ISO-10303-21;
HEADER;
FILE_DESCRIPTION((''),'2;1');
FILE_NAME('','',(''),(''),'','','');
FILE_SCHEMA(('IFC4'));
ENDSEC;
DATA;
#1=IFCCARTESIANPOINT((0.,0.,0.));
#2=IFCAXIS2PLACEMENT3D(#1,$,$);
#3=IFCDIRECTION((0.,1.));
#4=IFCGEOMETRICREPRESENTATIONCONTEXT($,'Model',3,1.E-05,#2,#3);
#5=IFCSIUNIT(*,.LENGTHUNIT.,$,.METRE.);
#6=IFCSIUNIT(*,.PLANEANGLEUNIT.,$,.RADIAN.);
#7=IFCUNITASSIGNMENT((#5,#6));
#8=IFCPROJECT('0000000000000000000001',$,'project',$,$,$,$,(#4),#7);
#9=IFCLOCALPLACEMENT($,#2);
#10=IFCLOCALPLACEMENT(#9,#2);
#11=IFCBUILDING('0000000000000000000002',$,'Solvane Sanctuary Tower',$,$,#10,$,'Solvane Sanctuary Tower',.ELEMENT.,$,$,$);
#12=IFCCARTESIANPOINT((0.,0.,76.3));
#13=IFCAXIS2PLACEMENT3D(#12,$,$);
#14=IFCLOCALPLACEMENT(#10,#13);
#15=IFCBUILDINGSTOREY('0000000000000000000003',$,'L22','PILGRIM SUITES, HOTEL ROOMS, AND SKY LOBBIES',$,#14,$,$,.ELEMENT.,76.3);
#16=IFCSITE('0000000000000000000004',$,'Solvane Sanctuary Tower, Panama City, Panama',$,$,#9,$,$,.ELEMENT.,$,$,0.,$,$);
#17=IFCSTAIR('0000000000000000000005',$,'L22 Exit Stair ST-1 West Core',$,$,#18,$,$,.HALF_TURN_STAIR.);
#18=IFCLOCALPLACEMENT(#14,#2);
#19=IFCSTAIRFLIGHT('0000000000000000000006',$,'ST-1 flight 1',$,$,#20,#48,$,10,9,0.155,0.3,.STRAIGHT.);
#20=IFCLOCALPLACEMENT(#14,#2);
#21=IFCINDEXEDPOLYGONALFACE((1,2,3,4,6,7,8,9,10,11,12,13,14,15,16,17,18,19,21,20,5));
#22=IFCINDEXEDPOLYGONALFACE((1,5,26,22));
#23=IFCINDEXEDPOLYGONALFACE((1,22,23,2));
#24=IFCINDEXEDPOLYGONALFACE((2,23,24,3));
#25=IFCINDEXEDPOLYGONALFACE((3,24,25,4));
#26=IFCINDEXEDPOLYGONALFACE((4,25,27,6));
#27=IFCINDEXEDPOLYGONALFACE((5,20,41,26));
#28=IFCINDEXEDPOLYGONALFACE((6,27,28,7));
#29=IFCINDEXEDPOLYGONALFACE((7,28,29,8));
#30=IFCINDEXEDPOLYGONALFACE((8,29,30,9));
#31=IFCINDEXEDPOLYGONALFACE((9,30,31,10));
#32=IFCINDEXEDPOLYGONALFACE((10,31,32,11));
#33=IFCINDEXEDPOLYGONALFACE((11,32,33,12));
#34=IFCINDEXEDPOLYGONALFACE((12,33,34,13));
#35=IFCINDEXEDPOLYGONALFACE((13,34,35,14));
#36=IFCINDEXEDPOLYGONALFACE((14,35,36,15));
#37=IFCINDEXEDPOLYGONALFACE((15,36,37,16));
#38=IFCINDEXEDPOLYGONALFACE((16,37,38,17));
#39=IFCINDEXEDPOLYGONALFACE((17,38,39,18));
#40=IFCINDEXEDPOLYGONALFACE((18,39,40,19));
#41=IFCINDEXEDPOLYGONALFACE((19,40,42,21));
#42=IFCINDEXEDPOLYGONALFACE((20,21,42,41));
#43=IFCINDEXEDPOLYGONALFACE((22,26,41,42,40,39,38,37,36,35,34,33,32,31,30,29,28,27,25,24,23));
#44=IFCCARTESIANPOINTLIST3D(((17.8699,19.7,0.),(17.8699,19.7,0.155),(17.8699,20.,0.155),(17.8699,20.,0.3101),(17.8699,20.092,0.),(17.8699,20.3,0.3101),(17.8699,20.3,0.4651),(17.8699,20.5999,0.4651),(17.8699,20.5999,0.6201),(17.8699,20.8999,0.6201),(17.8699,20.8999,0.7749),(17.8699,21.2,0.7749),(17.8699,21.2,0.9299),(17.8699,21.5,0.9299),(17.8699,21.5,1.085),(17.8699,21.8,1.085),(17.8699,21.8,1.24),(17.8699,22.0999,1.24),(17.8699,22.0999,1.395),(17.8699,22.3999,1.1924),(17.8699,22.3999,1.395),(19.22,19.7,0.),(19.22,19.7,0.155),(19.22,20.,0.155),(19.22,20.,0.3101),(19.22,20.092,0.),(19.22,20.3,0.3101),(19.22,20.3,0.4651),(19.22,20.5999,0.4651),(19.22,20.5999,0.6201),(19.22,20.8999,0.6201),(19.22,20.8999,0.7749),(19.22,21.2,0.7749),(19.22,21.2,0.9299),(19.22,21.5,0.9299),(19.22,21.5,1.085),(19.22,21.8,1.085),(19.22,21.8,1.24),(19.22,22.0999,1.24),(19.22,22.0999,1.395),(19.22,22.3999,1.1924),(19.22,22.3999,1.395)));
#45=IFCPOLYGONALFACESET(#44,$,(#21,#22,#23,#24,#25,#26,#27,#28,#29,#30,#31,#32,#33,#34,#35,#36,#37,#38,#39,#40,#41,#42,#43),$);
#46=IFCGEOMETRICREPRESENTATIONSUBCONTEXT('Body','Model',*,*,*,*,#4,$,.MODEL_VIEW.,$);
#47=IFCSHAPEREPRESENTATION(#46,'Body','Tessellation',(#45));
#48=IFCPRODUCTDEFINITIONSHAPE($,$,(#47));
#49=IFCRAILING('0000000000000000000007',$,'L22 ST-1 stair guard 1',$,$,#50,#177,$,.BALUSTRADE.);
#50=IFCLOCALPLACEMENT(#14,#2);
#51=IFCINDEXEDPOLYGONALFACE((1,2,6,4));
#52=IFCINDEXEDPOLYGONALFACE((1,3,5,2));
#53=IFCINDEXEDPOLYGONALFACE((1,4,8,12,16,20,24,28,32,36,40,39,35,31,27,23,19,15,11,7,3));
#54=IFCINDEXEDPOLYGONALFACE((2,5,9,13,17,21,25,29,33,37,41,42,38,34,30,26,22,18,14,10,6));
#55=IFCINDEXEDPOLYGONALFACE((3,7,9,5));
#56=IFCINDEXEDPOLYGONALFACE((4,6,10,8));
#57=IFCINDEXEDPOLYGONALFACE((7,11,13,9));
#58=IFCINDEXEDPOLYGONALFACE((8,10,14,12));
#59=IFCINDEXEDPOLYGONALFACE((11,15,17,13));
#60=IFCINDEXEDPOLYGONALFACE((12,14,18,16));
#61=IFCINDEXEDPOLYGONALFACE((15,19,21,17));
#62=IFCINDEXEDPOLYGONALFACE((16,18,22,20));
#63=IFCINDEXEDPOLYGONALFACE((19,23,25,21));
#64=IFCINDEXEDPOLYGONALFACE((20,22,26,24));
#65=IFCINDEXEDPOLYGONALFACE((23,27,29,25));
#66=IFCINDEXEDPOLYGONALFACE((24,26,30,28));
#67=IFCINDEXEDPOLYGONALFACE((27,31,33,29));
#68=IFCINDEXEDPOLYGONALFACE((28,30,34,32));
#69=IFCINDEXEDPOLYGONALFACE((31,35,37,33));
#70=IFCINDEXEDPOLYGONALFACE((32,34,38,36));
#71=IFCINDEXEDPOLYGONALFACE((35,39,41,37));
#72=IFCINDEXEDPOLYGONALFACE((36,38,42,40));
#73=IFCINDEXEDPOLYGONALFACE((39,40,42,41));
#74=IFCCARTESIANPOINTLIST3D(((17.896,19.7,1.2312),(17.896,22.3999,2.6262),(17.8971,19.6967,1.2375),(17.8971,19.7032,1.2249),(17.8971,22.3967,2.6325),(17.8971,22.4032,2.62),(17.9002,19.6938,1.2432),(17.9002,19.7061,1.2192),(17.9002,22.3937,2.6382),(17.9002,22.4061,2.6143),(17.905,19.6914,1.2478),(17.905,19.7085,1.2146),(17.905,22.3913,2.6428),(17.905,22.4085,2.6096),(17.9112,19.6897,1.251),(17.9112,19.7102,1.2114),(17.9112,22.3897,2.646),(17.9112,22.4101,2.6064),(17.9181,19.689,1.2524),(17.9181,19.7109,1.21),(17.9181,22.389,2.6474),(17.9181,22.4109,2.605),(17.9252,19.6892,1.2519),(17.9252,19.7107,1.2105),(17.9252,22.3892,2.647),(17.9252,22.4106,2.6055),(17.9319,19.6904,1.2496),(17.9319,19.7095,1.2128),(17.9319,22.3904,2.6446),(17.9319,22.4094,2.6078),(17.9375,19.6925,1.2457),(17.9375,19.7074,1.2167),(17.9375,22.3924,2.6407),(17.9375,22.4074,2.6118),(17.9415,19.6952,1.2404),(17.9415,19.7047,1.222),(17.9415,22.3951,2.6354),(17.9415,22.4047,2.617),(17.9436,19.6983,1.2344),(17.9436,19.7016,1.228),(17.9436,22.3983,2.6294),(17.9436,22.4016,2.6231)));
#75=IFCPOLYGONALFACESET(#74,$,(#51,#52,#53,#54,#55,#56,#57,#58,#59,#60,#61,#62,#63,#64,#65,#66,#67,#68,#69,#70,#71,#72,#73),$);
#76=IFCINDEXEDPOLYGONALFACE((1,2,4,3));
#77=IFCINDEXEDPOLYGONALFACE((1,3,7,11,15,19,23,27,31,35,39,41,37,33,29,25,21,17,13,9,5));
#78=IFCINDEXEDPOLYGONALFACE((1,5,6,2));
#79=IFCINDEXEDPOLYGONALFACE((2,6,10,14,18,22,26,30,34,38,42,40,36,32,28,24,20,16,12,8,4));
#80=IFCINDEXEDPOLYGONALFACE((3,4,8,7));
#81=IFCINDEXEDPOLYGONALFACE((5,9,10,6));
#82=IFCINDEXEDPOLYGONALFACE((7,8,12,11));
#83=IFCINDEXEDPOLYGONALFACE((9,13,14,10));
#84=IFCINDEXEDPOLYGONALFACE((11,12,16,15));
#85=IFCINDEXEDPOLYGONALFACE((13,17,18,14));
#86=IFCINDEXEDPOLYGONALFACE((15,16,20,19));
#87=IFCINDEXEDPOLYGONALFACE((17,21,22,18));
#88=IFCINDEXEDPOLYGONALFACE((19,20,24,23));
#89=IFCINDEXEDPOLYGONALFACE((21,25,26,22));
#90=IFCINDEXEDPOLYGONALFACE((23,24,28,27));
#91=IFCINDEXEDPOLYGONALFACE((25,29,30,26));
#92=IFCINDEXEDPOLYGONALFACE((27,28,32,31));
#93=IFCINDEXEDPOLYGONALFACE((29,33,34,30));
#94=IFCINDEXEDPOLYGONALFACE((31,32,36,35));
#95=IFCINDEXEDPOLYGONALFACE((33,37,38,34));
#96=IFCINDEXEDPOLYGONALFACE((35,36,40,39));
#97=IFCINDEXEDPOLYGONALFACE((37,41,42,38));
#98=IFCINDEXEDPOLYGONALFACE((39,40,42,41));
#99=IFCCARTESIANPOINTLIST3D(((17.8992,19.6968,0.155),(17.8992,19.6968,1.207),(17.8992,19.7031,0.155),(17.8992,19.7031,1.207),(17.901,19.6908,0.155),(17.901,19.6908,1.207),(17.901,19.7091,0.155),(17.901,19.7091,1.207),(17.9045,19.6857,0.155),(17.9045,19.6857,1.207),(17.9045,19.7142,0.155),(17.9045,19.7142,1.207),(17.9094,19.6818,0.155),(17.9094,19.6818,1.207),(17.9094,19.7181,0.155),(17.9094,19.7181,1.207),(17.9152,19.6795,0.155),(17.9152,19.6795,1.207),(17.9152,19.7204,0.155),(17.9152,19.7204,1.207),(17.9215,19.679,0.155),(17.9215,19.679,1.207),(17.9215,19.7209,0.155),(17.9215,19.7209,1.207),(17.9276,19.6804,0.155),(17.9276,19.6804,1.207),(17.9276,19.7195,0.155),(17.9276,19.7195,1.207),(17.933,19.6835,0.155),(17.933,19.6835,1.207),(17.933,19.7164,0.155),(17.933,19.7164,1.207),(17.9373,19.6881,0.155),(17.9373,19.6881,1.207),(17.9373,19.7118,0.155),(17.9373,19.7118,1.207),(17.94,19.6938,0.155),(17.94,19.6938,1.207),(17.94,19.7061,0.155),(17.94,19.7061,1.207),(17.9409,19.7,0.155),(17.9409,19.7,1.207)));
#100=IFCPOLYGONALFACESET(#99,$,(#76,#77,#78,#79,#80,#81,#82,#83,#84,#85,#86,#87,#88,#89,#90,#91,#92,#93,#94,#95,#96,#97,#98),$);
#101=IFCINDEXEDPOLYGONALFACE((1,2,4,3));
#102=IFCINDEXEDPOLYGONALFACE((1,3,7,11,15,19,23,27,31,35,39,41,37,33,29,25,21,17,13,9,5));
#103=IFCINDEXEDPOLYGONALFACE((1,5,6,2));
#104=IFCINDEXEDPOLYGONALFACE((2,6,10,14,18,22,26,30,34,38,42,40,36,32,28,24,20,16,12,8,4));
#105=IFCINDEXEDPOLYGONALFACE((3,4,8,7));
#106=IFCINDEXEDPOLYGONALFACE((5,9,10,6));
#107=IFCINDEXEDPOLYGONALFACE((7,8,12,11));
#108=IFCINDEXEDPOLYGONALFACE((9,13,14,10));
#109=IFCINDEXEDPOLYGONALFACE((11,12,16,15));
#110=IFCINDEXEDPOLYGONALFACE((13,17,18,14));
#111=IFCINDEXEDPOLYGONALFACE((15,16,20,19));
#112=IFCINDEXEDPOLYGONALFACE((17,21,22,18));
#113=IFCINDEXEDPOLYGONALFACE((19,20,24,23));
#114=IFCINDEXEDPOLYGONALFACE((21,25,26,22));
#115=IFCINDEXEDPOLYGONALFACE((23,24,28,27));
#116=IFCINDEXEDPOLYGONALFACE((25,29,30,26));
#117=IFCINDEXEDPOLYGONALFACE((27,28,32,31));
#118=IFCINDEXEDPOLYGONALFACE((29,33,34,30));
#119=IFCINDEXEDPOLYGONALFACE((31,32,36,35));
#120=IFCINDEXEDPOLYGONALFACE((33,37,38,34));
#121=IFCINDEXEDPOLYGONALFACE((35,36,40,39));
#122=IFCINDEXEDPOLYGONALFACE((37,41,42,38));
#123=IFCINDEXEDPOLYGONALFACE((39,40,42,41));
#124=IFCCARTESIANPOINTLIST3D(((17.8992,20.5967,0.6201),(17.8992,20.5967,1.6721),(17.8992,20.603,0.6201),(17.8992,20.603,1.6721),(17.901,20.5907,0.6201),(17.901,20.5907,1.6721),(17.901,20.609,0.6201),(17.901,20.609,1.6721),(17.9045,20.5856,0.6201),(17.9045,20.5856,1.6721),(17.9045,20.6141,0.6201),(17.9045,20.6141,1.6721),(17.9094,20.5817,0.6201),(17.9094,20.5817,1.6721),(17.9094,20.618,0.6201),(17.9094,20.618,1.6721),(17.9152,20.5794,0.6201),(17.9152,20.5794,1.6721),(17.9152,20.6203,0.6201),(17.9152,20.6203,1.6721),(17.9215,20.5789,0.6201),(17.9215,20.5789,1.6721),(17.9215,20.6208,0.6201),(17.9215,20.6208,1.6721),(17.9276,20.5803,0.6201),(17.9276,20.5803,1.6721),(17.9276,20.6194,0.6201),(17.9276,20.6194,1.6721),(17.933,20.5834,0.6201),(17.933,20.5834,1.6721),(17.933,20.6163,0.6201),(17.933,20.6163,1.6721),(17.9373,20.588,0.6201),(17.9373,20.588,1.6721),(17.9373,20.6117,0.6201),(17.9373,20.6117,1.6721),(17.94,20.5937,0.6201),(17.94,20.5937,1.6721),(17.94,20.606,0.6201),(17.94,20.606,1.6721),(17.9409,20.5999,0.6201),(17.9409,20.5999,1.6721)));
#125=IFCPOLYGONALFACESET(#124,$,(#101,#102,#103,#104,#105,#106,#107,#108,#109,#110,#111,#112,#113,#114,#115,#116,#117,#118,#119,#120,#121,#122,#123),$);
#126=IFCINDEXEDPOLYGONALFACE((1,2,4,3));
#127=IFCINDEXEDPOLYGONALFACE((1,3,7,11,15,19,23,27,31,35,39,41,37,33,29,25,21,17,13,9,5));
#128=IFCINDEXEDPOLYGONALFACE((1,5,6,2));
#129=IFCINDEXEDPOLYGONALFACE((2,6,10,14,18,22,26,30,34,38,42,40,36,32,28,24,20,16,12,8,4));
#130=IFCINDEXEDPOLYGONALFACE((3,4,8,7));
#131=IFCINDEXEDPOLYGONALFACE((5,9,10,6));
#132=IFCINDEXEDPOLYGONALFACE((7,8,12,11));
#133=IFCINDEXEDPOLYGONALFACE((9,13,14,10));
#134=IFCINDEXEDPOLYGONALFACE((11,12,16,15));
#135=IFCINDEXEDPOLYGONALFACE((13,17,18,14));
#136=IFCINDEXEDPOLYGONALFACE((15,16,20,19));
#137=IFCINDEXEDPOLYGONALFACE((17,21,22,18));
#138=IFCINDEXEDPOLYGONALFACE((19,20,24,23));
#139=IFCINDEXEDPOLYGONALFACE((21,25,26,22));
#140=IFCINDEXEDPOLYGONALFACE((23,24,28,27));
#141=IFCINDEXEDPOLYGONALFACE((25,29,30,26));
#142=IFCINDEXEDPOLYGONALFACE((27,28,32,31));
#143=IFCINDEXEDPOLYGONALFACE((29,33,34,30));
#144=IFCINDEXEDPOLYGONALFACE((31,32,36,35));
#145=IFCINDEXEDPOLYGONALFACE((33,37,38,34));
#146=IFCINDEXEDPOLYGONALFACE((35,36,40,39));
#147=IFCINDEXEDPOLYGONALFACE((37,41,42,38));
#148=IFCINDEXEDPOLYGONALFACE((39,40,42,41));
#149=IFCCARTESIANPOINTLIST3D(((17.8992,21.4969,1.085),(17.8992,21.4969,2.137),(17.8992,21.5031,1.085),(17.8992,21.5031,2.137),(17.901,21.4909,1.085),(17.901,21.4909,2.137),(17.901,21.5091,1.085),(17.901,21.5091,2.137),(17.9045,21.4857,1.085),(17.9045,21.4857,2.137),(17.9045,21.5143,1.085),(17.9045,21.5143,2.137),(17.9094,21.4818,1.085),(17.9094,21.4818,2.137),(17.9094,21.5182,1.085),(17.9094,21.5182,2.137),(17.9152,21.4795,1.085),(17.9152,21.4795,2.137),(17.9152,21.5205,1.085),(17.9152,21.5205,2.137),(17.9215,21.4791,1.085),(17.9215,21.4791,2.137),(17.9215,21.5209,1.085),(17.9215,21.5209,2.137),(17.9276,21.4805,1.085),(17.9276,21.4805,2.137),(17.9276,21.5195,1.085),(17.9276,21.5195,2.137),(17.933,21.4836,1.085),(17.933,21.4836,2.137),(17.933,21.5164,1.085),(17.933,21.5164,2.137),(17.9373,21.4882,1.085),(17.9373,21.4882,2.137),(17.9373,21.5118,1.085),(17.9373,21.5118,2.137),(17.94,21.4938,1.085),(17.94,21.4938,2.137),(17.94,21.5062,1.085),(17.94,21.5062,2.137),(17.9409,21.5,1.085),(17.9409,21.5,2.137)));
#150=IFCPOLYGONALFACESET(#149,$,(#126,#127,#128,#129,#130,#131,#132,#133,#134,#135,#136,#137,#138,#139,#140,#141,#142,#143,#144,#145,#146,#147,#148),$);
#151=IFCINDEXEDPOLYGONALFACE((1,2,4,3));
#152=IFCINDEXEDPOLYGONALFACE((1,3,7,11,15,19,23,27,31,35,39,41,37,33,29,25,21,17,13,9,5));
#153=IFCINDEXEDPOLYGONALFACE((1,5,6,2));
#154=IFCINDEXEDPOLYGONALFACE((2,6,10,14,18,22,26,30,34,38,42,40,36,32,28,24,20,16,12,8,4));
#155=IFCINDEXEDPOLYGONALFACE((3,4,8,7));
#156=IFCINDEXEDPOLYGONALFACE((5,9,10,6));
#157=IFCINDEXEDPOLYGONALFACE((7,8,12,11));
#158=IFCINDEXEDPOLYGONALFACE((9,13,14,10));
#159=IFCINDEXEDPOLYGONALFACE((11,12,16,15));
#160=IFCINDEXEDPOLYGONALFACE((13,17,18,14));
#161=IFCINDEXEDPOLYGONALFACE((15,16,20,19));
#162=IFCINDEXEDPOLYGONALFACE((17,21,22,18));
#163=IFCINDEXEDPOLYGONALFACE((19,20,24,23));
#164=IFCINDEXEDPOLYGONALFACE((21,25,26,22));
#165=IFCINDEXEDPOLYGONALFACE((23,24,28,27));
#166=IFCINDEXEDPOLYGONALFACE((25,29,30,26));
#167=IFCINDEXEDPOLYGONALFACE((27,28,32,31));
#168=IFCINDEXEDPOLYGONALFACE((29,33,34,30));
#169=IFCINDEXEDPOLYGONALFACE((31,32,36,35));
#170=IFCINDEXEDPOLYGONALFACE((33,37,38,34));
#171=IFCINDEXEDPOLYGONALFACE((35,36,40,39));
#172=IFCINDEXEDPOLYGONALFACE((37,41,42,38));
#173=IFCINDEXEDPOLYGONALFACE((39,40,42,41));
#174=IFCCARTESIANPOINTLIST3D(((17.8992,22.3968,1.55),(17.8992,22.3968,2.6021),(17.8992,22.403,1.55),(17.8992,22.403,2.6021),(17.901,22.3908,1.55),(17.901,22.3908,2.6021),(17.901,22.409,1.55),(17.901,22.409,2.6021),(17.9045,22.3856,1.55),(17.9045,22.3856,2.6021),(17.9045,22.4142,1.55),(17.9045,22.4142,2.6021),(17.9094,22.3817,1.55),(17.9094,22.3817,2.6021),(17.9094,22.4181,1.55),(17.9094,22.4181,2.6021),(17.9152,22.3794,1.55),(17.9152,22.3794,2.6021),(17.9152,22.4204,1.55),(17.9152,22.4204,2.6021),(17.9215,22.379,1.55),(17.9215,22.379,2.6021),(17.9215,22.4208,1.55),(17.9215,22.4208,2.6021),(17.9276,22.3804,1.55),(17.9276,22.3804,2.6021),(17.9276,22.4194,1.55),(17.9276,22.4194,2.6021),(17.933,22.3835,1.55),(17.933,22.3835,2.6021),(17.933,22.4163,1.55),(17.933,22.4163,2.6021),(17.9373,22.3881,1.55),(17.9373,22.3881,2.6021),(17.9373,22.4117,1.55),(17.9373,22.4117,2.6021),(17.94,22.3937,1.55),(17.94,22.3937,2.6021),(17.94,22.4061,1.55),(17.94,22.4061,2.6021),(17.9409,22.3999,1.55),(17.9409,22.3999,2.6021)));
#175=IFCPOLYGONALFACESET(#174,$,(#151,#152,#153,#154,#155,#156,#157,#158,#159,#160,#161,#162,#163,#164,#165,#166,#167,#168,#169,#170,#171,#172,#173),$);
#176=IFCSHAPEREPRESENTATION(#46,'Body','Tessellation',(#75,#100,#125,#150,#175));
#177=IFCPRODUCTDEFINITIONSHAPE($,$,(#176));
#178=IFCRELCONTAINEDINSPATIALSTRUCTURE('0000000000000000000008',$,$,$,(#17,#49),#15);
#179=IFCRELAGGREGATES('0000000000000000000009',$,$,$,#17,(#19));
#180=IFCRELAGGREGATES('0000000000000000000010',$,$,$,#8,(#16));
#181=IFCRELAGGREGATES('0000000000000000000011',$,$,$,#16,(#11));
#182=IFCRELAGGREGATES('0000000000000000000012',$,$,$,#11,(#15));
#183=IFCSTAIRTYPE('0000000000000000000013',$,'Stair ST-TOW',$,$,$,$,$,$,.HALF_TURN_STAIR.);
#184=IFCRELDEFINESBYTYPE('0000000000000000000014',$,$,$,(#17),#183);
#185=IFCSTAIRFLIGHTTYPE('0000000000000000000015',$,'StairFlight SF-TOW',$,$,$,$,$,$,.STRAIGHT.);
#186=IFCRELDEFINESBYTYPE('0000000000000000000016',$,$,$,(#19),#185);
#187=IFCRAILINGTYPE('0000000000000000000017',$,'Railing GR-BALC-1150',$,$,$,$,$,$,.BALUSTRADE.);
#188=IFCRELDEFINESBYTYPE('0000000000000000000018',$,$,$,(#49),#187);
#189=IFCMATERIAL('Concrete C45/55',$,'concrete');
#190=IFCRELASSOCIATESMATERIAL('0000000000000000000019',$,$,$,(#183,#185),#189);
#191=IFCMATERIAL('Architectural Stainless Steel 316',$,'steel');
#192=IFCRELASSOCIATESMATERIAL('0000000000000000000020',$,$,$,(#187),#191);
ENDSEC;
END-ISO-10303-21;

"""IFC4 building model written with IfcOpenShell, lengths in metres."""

from ifc_helpers import new_model, si_unit, direction, frame, origin, origin_2d, place, context, subcontext, project, spatial, polyline, circle, outline, extrude, material, type_object, element, aggregate, save


model = new_model("IFC4")

# Units and contexts
model_context = context("Model", 3, precision=1e-05, world=origin(), true_north=direction((0.0, 1.0)))
body_context = subcontext(model_context, "Body", "Model", "MODEL_VIEW")
ifc_project = project(units=[si_unit("LENGTHUNIT", "METRE"), si_unit("PLANEANGLEUNIT", "RADIAN")], contexts=[model_context])

# Site, building, storey
site_placement = place(None, origin())
site = spatial("IfcSite", under=ifc_project, at=site_placement, Name="Solvane Sanctuary Tower, Panama City, Panama", CompositionType="ELEMENT", RefElevation=0.0)
building_placement = place(site_placement, origin())
building = spatial("IfcBuilding", under=site, at=building_placement, Name="Solvane Sanctuary Tower", LongName="Solvane Sanctuary Tower", CompositionType="ELEMENT")
storey_placement = place(building_placement, frame((0.0, 0.0, 76.3)))
storey = spatial("IfcBuildingStorey", under=building, at=storey_placement, Name="L22", Description="PILGRIM SUITES, HOTEL ROOMS, AND SKY LOBBIES", CompositionType="ELEMENT", Elevation=76.3)

# Shared definitions
ifc_material_1 = material(Name="Architectural Stainless Steel 316", Category="steel")

# Stair, stair flight
ifc_material_2 = material(Name="Concrete C45/55", Category="concrete")
stair_type = type_object("IfcStairType", Name="Stair ST-TOW", PredefinedType="HALF_TURN_STAIR", material=ifc_material_2)
stair_placement = place(storey_placement, origin())
stair = element("IfcStair", 1, at=stair_placement, inside=storey, type_object=stair_type, Name="L22 Exit Stair ST-1 West Core", PredefinedType="HALF_TURN_STAIR")
stair_flight_type = type_object("IfcStairFlightType", Name="StairFlight SF-TOW", PredefinedType="STRAIGHT", material=ifc_material_2)
stair_flight_placement = place(storey_placement, frame((18.5449, 19.7, 0.0), z_axis=(0.0, 0.0, 1.0), x_axis=(0.0, 1.0, 0.0)))
stair_flight = element("IfcStairFlight", 2, at=stair_flight_placement, type_object=stair_flight_type, Name="ST-1 flight 1", NumberOfRisers=10, NumberOfTreads=9, PredefinedType="STRAIGHT", RiserHeight=0.155, TreadLength=0.3, context=body_context, shape_type="SweptSolid", body=[
    extrude(outline(polyline([(0.0, 0.0), (0.0, 0.155), (0.3, 0.155), (0.3, 0.3101), (0.6001, 0.3101), (0.6001, 0.4651), (0.8999, 0.4651), (0.8999, 0.6201), (1.2, 0.6201), (1.2, 0.7749), (1.5, 0.7749), (1.5, 0.9299), (1.8, 0.9299), (1.8, 1.085), (2.1001, 1.085), (2.1001, 1.24), (2.3999, 1.24), (2.3999, 1.395), (2.7, 1.395), (2.7, 1.55), (2.7, 1.1924), (0.3921, 0.0), (0.0, 0.0)])), frame((0.0, 0.675, 0.0), z_axis=(0.0, -1.0, 0.0), x_axis=(1.0, 0.0, 0.0)), (0.0, 0.0, 1.0), 1.3501),
])
aggregate(stair, [stair_flight])

# Railing
railing_type = type_object("IfcRailingType", Name="Railing GR-BALC-1150", PredefinedType="BALUSTRADE", material=ifc_material_1)
railing_1_placement = place(storey_placement, frame((17.9199, 19.7, 0.155)))
element("IfcRailing", 3, at=railing_1_placement, inside=storey, type_object=railing_type, Name="L22 ST-1 stair guard 1", PredefinedType="BALUSTRADE", context=body_context, shape_type="SweptSolid", body=[
    extrude(circle(Radius=0.0239, at=origin_2d()), frame((0.0, 0.0, 1.0762), z_axis=(0.0, 0.88842, 0.459032), x_axis=(-1.0, 0.0, 0.0)), (0.0, 0.0, 1.0), 3.0391),
    extrude(circle(Radius=0.021, at=origin_2d()), origin(), (0.0, 0.0, 1.0), 1.052),
    extrude(circle(Radius=0.021, at=origin_2d()), frame((0.0, 0.8999, 0.4651)), (0.0, 0.0, 1.0), 1.052),
    extrude(circle(Radius=0.021, at=origin_2d()), frame((0.0, 1.8, 0.9299)), (0.0, 0.0, 1.0), 1.052),
    extrude(circle(Radius=0.021, at=origin_2d()), frame((0.0, 2.7, 1.395)), (0.0, 0.0, 1.0), 1.052),
])

save(model, "model.ifc")
